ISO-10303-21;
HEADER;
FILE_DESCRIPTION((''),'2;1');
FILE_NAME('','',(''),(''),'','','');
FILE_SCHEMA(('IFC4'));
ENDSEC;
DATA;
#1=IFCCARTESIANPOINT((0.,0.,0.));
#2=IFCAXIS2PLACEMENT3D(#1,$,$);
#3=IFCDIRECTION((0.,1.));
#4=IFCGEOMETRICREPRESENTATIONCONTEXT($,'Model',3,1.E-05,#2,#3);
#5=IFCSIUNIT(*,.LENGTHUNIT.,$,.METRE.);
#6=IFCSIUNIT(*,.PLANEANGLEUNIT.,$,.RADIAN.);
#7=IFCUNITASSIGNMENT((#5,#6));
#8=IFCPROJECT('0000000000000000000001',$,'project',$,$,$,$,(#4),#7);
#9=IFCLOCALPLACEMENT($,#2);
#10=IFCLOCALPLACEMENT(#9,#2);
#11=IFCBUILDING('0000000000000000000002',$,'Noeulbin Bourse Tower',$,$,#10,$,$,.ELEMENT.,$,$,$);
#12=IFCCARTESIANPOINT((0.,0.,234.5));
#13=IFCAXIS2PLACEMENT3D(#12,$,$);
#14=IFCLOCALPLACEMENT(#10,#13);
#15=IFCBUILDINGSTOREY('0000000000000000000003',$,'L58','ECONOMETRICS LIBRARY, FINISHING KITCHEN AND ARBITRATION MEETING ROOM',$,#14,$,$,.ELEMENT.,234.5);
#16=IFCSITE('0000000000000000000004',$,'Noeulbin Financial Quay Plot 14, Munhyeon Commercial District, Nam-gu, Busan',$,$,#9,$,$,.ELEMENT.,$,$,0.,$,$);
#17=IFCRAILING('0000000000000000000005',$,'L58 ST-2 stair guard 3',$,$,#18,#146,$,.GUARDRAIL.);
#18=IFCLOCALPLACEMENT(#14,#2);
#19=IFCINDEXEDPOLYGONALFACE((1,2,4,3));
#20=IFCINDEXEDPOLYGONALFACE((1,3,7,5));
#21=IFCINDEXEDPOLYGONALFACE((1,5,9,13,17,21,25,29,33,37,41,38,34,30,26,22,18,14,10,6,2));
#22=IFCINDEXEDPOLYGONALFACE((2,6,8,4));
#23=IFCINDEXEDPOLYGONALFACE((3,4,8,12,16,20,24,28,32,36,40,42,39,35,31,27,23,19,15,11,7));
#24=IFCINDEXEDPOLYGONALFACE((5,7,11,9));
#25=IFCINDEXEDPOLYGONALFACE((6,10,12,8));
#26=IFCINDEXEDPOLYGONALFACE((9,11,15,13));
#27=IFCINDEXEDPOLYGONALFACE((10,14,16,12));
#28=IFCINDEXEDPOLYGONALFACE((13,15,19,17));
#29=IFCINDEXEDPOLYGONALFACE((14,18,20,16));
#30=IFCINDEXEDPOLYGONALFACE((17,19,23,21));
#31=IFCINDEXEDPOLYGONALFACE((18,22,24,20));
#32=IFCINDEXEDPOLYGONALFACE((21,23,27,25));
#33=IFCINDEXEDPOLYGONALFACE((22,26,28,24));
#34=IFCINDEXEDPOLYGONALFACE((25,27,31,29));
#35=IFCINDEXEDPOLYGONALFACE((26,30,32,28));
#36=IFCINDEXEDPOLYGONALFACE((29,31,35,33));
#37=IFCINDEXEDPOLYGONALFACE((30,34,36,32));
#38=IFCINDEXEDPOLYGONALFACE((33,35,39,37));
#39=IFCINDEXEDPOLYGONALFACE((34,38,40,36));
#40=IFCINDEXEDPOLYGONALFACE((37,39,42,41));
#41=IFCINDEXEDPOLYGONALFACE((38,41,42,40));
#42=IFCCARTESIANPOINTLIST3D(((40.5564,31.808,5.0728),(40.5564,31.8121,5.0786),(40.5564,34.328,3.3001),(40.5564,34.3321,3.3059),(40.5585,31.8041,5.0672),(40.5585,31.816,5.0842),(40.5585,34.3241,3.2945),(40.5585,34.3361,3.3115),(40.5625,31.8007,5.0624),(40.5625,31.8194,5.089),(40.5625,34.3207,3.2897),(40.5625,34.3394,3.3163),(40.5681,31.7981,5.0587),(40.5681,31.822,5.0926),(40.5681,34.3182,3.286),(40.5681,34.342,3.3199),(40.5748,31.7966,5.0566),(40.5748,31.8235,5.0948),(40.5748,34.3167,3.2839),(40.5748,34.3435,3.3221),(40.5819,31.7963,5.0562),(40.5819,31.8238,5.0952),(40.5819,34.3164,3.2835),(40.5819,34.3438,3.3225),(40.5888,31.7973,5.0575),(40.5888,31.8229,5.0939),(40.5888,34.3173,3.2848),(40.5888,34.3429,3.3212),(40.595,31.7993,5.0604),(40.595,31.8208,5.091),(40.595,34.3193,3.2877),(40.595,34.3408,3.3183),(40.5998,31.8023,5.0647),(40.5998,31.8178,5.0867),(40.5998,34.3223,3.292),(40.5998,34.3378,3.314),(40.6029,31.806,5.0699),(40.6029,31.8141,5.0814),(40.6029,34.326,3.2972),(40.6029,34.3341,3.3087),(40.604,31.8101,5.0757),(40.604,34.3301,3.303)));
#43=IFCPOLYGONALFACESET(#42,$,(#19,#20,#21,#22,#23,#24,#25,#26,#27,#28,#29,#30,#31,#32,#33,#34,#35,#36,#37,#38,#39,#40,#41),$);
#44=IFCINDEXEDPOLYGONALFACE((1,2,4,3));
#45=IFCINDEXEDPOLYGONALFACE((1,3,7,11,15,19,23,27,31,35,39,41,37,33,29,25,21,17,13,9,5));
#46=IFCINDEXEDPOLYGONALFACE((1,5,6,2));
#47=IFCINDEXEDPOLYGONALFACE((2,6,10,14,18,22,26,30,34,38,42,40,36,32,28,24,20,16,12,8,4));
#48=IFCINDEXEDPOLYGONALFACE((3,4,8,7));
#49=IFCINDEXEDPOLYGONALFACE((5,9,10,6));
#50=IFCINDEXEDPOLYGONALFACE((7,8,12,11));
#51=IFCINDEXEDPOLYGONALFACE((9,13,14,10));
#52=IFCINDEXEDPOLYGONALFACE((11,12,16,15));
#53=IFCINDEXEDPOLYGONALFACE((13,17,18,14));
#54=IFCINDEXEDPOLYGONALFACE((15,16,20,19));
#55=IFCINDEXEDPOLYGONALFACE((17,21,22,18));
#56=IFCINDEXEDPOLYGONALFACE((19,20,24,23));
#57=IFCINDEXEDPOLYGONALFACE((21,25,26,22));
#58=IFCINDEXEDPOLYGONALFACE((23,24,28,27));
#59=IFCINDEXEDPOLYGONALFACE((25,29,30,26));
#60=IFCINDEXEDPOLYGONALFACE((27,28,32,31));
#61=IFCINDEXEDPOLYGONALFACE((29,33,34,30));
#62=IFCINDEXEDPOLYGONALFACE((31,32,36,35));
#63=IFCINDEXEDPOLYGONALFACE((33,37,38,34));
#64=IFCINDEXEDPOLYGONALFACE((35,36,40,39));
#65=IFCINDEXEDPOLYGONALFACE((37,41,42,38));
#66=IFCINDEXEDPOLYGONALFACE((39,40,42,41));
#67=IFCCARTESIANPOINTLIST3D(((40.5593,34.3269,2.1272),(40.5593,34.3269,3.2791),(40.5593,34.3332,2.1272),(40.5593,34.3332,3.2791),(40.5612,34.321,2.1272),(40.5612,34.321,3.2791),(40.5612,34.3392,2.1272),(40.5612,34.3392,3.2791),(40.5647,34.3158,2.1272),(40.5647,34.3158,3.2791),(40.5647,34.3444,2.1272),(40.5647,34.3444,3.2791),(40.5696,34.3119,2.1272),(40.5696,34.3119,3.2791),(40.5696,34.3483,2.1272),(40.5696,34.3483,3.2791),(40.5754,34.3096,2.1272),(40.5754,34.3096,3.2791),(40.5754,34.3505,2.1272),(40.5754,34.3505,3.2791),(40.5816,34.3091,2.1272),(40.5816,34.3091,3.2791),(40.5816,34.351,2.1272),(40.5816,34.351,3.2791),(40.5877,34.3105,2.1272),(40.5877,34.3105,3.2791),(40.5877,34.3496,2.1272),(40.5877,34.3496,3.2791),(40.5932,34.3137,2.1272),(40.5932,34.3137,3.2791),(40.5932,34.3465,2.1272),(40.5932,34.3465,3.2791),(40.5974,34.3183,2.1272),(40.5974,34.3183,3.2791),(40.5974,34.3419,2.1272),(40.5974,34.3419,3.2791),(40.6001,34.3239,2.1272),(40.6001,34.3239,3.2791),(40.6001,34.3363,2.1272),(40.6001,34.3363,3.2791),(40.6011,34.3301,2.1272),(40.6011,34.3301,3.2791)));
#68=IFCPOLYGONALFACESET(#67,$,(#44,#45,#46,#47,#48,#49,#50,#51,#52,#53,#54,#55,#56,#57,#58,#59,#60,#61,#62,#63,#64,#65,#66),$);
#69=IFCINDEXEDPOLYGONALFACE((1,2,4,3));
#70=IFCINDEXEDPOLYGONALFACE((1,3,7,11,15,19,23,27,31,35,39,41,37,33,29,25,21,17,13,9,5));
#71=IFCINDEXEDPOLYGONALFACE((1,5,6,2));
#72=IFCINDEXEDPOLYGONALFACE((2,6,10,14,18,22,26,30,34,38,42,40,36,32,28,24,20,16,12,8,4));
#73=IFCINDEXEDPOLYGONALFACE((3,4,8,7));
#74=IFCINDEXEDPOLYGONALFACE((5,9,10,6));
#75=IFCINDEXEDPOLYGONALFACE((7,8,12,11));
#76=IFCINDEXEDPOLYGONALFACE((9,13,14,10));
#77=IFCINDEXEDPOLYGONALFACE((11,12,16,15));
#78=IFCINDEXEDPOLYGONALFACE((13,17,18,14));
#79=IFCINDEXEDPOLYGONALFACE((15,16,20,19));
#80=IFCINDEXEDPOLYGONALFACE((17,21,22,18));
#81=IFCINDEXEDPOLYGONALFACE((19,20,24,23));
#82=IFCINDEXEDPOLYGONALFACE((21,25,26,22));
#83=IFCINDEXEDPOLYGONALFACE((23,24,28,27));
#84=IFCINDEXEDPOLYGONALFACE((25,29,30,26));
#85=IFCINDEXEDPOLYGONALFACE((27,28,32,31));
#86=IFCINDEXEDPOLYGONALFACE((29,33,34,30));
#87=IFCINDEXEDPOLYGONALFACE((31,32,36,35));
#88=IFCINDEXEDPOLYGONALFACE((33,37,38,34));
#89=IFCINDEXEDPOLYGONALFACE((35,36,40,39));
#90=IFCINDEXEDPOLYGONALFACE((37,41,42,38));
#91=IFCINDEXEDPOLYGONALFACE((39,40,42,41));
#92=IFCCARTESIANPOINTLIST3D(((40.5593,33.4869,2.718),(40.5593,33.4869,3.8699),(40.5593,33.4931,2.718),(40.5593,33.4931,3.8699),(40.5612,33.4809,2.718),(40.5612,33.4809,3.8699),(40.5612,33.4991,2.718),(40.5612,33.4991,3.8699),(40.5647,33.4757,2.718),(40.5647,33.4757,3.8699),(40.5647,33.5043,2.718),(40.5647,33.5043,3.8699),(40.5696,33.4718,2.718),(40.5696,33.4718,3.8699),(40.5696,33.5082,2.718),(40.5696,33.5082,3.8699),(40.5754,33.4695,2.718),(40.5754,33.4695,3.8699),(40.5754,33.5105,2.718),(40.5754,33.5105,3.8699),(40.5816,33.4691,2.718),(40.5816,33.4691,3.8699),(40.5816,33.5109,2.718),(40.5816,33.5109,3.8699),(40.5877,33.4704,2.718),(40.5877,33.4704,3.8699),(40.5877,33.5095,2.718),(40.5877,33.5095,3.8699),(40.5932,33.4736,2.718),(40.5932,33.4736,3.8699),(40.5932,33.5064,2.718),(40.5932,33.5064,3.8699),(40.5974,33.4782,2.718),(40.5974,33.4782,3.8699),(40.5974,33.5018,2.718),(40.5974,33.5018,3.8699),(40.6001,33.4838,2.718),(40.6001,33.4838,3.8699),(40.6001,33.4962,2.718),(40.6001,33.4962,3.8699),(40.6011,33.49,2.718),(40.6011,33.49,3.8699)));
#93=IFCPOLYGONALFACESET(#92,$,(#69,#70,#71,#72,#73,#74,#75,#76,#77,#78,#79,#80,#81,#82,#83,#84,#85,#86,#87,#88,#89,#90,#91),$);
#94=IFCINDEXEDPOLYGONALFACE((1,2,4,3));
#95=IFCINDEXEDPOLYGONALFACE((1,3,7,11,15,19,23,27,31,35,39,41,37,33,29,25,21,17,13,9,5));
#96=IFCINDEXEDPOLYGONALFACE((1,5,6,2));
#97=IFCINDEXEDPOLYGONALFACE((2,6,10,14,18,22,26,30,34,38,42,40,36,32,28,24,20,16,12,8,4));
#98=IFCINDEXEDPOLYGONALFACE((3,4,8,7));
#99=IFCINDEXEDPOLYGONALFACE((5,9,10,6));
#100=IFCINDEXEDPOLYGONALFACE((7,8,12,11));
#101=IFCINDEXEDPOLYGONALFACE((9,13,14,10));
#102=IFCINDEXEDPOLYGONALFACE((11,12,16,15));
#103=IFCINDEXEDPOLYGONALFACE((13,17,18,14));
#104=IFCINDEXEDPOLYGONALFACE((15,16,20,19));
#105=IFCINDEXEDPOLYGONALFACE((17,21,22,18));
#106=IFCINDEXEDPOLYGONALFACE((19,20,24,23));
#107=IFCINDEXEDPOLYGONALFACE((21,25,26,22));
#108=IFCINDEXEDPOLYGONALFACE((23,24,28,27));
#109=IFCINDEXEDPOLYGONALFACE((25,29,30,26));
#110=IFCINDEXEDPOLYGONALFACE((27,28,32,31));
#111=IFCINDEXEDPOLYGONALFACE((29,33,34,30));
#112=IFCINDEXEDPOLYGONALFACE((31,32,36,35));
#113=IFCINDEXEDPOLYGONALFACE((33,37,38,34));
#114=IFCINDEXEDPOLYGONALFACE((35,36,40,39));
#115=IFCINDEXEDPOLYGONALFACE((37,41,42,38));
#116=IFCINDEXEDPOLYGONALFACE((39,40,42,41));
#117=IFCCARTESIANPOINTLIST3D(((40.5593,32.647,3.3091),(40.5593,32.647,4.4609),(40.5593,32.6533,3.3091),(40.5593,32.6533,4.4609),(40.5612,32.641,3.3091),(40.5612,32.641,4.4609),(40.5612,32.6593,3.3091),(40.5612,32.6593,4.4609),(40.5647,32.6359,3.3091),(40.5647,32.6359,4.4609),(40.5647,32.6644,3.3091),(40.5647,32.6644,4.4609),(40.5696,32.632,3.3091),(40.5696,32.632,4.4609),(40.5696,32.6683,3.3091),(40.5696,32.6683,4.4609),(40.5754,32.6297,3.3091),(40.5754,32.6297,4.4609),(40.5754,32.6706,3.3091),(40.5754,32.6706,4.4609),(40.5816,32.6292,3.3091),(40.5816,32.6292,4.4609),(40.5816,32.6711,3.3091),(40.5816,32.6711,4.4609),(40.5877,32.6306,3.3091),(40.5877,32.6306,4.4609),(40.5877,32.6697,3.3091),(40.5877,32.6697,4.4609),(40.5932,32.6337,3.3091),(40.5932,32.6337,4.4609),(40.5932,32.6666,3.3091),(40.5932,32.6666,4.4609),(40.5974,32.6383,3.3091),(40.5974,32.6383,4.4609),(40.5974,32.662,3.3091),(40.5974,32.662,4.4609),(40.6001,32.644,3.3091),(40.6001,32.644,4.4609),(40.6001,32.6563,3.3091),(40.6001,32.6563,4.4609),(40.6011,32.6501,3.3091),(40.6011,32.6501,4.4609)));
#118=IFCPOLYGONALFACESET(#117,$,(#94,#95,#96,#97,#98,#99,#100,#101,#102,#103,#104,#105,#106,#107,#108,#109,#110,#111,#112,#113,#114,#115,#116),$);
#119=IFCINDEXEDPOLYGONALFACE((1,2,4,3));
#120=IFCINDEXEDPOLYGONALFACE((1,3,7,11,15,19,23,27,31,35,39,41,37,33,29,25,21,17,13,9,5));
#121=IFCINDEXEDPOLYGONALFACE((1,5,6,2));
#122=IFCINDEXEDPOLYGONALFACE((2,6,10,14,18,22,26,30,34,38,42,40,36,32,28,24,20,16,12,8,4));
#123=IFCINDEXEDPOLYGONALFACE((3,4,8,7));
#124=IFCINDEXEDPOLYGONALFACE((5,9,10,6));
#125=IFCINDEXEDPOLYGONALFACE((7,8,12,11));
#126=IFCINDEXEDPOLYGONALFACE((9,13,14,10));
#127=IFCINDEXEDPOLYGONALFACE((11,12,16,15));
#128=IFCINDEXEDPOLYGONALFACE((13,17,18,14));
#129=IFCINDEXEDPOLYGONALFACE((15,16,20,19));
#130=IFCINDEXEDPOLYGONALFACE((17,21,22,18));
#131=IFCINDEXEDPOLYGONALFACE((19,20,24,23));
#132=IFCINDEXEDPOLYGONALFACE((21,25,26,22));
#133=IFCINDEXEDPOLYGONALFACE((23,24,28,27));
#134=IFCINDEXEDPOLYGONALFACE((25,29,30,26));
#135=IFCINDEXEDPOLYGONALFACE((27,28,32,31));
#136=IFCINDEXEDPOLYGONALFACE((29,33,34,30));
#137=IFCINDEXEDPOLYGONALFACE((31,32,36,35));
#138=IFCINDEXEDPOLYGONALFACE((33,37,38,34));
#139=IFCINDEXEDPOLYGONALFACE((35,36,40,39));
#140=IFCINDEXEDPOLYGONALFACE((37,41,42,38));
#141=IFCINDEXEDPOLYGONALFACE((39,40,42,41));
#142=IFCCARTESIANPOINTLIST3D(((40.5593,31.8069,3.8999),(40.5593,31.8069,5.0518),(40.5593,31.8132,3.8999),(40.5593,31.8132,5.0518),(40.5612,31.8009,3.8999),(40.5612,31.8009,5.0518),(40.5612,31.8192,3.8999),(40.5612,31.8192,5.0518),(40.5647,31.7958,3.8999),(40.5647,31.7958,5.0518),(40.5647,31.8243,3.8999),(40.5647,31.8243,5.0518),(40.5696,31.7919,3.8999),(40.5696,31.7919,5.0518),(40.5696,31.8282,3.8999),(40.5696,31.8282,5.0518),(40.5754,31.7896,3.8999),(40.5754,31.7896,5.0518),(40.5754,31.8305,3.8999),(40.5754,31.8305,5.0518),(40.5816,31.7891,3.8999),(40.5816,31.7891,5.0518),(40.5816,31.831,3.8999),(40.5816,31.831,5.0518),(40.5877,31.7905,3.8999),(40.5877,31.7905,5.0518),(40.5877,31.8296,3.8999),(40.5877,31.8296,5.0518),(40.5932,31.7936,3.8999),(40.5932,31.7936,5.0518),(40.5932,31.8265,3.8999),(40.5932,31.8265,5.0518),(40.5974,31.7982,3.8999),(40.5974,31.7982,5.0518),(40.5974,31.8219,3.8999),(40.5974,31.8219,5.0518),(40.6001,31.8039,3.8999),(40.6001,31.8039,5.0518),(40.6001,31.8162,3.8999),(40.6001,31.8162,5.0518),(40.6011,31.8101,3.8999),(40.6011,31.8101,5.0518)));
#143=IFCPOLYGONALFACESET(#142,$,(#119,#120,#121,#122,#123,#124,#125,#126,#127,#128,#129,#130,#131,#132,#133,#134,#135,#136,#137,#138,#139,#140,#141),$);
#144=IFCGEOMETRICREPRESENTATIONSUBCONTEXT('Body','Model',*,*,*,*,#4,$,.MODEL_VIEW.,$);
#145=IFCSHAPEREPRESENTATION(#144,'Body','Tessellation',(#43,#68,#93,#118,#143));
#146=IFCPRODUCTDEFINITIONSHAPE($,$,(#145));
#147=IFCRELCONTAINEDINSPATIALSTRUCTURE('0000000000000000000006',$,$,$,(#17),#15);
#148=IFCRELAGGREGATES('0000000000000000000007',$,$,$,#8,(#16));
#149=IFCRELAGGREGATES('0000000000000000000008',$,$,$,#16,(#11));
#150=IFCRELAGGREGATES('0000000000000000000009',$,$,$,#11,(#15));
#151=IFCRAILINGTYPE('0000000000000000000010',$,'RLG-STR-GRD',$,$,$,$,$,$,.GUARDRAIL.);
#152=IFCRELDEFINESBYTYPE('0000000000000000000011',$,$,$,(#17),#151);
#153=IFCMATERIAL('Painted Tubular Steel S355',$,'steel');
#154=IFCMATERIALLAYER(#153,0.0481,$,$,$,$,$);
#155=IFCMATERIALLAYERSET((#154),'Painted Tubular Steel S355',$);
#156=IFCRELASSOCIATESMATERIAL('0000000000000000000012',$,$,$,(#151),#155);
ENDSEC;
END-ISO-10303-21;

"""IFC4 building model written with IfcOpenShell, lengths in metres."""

from ifc_helpers import new_model, si_unit, direction, frame, origin, origin_2d, place, context, subcontext, project, spatial, circle, extrude, material, layer, layer_set, type_object, element, save


model = new_model("IFC4")

# Units and contexts
model_context = context("Model", 3, precision=1e-05, world=origin(), true_north=direction((0.0, 1.0)))
body_context = subcontext(model_context, "Body", "Model", "MODEL_VIEW")
ifc_project = project(units=[si_unit("LENGTHUNIT", "METRE"), si_unit("PLANEANGLEUNIT", "RADIAN")], contexts=[model_context])

# Site, building, storey
site_placement = place(None, origin())
site = spatial("IfcSite", under=ifc_project, at=site_placement, Name="Noeulbin Financial Quay Plot 14, Munhyeon Commercial District, Nam-gu, Busan", CompositionType="ELEMENT", RefElevation=0.0)
building_placement = place(site_placement, origin())
building = spatial("IfcBuilding", under=site, at=building_placement, Name="Noeulbin Bourse Tower", CompositionType="ELEMENT")
storey_placement = place(building_placement, frame((0.0, 0.0, 234.5)))
storey = spatial("IfcBuildingStorey", under=building, at=storey_placement, Name="L58", Description="ECONOMETRICS LIBRARY, FINISHING KITCHEN AND ARBITRATION MEETING ROOM", CompositionType="ELEMENT", Elevation=234.5)

# Railing
ifc_material_1 = material(Name="Painted Tubular Steel S355", Category="steel")
ifc_layer_1 = layer(ifc_material_1, 0.0481)
ifc_layer_set_1 = layer_set([ifc_layer_1], Name="Painted Tubular Steel S355")
railing_type_1 = type_object("IfcRailingType", Name="RLG-STR-GRD", PredefinedType="GUARDRAIL", material=ifc_layer_set_1)
railing_1_placement = place(storey_placement, frame((40.5801, 34.3301, 2.1272)))
element("IfcRailing", 1, at=railing_1_placement, inside=storey, type_object=railing_type_1, Name="L58 ST-2 stair guard 3", PredefinedType="GUARDRAIL", context=body_context, shape_type="SweptSolid", body=[
    extrude(circle(Radius=0.0239, at=origin_2d()), frame((0.0, 0.0, 1.1758), z_axis=(0.0, -0.817904, 0.575354), x_axis=(1.0, 0.0, 0.0)), (0.0, 0.0, 1.0), 3.0811),
    extrude(circle(Radius=0.021, at=origin_2d()), origin(), (0.0, 0.0, 1.0), 1.1519),
    extrude(circle(Radius=0.021, at=origin_2d()), frame((0.0, -0.8401, 0.5908)), (0.0, 0.0, 1.0), 1.1519),
    extrude(circle(Radius=0.021, at=origin_2d()), frame((0.0, -1.6799, 1.1819)), (0.0, 0.0, 1.0), 1.1519),
    extrude(circle(Radius=0.021, at=origin_2d()), frame((0.0, -2.52, 1.7727)), (0.0, 0.0, 1.0), 1.1519),
])

save(model, "model.ifc")
